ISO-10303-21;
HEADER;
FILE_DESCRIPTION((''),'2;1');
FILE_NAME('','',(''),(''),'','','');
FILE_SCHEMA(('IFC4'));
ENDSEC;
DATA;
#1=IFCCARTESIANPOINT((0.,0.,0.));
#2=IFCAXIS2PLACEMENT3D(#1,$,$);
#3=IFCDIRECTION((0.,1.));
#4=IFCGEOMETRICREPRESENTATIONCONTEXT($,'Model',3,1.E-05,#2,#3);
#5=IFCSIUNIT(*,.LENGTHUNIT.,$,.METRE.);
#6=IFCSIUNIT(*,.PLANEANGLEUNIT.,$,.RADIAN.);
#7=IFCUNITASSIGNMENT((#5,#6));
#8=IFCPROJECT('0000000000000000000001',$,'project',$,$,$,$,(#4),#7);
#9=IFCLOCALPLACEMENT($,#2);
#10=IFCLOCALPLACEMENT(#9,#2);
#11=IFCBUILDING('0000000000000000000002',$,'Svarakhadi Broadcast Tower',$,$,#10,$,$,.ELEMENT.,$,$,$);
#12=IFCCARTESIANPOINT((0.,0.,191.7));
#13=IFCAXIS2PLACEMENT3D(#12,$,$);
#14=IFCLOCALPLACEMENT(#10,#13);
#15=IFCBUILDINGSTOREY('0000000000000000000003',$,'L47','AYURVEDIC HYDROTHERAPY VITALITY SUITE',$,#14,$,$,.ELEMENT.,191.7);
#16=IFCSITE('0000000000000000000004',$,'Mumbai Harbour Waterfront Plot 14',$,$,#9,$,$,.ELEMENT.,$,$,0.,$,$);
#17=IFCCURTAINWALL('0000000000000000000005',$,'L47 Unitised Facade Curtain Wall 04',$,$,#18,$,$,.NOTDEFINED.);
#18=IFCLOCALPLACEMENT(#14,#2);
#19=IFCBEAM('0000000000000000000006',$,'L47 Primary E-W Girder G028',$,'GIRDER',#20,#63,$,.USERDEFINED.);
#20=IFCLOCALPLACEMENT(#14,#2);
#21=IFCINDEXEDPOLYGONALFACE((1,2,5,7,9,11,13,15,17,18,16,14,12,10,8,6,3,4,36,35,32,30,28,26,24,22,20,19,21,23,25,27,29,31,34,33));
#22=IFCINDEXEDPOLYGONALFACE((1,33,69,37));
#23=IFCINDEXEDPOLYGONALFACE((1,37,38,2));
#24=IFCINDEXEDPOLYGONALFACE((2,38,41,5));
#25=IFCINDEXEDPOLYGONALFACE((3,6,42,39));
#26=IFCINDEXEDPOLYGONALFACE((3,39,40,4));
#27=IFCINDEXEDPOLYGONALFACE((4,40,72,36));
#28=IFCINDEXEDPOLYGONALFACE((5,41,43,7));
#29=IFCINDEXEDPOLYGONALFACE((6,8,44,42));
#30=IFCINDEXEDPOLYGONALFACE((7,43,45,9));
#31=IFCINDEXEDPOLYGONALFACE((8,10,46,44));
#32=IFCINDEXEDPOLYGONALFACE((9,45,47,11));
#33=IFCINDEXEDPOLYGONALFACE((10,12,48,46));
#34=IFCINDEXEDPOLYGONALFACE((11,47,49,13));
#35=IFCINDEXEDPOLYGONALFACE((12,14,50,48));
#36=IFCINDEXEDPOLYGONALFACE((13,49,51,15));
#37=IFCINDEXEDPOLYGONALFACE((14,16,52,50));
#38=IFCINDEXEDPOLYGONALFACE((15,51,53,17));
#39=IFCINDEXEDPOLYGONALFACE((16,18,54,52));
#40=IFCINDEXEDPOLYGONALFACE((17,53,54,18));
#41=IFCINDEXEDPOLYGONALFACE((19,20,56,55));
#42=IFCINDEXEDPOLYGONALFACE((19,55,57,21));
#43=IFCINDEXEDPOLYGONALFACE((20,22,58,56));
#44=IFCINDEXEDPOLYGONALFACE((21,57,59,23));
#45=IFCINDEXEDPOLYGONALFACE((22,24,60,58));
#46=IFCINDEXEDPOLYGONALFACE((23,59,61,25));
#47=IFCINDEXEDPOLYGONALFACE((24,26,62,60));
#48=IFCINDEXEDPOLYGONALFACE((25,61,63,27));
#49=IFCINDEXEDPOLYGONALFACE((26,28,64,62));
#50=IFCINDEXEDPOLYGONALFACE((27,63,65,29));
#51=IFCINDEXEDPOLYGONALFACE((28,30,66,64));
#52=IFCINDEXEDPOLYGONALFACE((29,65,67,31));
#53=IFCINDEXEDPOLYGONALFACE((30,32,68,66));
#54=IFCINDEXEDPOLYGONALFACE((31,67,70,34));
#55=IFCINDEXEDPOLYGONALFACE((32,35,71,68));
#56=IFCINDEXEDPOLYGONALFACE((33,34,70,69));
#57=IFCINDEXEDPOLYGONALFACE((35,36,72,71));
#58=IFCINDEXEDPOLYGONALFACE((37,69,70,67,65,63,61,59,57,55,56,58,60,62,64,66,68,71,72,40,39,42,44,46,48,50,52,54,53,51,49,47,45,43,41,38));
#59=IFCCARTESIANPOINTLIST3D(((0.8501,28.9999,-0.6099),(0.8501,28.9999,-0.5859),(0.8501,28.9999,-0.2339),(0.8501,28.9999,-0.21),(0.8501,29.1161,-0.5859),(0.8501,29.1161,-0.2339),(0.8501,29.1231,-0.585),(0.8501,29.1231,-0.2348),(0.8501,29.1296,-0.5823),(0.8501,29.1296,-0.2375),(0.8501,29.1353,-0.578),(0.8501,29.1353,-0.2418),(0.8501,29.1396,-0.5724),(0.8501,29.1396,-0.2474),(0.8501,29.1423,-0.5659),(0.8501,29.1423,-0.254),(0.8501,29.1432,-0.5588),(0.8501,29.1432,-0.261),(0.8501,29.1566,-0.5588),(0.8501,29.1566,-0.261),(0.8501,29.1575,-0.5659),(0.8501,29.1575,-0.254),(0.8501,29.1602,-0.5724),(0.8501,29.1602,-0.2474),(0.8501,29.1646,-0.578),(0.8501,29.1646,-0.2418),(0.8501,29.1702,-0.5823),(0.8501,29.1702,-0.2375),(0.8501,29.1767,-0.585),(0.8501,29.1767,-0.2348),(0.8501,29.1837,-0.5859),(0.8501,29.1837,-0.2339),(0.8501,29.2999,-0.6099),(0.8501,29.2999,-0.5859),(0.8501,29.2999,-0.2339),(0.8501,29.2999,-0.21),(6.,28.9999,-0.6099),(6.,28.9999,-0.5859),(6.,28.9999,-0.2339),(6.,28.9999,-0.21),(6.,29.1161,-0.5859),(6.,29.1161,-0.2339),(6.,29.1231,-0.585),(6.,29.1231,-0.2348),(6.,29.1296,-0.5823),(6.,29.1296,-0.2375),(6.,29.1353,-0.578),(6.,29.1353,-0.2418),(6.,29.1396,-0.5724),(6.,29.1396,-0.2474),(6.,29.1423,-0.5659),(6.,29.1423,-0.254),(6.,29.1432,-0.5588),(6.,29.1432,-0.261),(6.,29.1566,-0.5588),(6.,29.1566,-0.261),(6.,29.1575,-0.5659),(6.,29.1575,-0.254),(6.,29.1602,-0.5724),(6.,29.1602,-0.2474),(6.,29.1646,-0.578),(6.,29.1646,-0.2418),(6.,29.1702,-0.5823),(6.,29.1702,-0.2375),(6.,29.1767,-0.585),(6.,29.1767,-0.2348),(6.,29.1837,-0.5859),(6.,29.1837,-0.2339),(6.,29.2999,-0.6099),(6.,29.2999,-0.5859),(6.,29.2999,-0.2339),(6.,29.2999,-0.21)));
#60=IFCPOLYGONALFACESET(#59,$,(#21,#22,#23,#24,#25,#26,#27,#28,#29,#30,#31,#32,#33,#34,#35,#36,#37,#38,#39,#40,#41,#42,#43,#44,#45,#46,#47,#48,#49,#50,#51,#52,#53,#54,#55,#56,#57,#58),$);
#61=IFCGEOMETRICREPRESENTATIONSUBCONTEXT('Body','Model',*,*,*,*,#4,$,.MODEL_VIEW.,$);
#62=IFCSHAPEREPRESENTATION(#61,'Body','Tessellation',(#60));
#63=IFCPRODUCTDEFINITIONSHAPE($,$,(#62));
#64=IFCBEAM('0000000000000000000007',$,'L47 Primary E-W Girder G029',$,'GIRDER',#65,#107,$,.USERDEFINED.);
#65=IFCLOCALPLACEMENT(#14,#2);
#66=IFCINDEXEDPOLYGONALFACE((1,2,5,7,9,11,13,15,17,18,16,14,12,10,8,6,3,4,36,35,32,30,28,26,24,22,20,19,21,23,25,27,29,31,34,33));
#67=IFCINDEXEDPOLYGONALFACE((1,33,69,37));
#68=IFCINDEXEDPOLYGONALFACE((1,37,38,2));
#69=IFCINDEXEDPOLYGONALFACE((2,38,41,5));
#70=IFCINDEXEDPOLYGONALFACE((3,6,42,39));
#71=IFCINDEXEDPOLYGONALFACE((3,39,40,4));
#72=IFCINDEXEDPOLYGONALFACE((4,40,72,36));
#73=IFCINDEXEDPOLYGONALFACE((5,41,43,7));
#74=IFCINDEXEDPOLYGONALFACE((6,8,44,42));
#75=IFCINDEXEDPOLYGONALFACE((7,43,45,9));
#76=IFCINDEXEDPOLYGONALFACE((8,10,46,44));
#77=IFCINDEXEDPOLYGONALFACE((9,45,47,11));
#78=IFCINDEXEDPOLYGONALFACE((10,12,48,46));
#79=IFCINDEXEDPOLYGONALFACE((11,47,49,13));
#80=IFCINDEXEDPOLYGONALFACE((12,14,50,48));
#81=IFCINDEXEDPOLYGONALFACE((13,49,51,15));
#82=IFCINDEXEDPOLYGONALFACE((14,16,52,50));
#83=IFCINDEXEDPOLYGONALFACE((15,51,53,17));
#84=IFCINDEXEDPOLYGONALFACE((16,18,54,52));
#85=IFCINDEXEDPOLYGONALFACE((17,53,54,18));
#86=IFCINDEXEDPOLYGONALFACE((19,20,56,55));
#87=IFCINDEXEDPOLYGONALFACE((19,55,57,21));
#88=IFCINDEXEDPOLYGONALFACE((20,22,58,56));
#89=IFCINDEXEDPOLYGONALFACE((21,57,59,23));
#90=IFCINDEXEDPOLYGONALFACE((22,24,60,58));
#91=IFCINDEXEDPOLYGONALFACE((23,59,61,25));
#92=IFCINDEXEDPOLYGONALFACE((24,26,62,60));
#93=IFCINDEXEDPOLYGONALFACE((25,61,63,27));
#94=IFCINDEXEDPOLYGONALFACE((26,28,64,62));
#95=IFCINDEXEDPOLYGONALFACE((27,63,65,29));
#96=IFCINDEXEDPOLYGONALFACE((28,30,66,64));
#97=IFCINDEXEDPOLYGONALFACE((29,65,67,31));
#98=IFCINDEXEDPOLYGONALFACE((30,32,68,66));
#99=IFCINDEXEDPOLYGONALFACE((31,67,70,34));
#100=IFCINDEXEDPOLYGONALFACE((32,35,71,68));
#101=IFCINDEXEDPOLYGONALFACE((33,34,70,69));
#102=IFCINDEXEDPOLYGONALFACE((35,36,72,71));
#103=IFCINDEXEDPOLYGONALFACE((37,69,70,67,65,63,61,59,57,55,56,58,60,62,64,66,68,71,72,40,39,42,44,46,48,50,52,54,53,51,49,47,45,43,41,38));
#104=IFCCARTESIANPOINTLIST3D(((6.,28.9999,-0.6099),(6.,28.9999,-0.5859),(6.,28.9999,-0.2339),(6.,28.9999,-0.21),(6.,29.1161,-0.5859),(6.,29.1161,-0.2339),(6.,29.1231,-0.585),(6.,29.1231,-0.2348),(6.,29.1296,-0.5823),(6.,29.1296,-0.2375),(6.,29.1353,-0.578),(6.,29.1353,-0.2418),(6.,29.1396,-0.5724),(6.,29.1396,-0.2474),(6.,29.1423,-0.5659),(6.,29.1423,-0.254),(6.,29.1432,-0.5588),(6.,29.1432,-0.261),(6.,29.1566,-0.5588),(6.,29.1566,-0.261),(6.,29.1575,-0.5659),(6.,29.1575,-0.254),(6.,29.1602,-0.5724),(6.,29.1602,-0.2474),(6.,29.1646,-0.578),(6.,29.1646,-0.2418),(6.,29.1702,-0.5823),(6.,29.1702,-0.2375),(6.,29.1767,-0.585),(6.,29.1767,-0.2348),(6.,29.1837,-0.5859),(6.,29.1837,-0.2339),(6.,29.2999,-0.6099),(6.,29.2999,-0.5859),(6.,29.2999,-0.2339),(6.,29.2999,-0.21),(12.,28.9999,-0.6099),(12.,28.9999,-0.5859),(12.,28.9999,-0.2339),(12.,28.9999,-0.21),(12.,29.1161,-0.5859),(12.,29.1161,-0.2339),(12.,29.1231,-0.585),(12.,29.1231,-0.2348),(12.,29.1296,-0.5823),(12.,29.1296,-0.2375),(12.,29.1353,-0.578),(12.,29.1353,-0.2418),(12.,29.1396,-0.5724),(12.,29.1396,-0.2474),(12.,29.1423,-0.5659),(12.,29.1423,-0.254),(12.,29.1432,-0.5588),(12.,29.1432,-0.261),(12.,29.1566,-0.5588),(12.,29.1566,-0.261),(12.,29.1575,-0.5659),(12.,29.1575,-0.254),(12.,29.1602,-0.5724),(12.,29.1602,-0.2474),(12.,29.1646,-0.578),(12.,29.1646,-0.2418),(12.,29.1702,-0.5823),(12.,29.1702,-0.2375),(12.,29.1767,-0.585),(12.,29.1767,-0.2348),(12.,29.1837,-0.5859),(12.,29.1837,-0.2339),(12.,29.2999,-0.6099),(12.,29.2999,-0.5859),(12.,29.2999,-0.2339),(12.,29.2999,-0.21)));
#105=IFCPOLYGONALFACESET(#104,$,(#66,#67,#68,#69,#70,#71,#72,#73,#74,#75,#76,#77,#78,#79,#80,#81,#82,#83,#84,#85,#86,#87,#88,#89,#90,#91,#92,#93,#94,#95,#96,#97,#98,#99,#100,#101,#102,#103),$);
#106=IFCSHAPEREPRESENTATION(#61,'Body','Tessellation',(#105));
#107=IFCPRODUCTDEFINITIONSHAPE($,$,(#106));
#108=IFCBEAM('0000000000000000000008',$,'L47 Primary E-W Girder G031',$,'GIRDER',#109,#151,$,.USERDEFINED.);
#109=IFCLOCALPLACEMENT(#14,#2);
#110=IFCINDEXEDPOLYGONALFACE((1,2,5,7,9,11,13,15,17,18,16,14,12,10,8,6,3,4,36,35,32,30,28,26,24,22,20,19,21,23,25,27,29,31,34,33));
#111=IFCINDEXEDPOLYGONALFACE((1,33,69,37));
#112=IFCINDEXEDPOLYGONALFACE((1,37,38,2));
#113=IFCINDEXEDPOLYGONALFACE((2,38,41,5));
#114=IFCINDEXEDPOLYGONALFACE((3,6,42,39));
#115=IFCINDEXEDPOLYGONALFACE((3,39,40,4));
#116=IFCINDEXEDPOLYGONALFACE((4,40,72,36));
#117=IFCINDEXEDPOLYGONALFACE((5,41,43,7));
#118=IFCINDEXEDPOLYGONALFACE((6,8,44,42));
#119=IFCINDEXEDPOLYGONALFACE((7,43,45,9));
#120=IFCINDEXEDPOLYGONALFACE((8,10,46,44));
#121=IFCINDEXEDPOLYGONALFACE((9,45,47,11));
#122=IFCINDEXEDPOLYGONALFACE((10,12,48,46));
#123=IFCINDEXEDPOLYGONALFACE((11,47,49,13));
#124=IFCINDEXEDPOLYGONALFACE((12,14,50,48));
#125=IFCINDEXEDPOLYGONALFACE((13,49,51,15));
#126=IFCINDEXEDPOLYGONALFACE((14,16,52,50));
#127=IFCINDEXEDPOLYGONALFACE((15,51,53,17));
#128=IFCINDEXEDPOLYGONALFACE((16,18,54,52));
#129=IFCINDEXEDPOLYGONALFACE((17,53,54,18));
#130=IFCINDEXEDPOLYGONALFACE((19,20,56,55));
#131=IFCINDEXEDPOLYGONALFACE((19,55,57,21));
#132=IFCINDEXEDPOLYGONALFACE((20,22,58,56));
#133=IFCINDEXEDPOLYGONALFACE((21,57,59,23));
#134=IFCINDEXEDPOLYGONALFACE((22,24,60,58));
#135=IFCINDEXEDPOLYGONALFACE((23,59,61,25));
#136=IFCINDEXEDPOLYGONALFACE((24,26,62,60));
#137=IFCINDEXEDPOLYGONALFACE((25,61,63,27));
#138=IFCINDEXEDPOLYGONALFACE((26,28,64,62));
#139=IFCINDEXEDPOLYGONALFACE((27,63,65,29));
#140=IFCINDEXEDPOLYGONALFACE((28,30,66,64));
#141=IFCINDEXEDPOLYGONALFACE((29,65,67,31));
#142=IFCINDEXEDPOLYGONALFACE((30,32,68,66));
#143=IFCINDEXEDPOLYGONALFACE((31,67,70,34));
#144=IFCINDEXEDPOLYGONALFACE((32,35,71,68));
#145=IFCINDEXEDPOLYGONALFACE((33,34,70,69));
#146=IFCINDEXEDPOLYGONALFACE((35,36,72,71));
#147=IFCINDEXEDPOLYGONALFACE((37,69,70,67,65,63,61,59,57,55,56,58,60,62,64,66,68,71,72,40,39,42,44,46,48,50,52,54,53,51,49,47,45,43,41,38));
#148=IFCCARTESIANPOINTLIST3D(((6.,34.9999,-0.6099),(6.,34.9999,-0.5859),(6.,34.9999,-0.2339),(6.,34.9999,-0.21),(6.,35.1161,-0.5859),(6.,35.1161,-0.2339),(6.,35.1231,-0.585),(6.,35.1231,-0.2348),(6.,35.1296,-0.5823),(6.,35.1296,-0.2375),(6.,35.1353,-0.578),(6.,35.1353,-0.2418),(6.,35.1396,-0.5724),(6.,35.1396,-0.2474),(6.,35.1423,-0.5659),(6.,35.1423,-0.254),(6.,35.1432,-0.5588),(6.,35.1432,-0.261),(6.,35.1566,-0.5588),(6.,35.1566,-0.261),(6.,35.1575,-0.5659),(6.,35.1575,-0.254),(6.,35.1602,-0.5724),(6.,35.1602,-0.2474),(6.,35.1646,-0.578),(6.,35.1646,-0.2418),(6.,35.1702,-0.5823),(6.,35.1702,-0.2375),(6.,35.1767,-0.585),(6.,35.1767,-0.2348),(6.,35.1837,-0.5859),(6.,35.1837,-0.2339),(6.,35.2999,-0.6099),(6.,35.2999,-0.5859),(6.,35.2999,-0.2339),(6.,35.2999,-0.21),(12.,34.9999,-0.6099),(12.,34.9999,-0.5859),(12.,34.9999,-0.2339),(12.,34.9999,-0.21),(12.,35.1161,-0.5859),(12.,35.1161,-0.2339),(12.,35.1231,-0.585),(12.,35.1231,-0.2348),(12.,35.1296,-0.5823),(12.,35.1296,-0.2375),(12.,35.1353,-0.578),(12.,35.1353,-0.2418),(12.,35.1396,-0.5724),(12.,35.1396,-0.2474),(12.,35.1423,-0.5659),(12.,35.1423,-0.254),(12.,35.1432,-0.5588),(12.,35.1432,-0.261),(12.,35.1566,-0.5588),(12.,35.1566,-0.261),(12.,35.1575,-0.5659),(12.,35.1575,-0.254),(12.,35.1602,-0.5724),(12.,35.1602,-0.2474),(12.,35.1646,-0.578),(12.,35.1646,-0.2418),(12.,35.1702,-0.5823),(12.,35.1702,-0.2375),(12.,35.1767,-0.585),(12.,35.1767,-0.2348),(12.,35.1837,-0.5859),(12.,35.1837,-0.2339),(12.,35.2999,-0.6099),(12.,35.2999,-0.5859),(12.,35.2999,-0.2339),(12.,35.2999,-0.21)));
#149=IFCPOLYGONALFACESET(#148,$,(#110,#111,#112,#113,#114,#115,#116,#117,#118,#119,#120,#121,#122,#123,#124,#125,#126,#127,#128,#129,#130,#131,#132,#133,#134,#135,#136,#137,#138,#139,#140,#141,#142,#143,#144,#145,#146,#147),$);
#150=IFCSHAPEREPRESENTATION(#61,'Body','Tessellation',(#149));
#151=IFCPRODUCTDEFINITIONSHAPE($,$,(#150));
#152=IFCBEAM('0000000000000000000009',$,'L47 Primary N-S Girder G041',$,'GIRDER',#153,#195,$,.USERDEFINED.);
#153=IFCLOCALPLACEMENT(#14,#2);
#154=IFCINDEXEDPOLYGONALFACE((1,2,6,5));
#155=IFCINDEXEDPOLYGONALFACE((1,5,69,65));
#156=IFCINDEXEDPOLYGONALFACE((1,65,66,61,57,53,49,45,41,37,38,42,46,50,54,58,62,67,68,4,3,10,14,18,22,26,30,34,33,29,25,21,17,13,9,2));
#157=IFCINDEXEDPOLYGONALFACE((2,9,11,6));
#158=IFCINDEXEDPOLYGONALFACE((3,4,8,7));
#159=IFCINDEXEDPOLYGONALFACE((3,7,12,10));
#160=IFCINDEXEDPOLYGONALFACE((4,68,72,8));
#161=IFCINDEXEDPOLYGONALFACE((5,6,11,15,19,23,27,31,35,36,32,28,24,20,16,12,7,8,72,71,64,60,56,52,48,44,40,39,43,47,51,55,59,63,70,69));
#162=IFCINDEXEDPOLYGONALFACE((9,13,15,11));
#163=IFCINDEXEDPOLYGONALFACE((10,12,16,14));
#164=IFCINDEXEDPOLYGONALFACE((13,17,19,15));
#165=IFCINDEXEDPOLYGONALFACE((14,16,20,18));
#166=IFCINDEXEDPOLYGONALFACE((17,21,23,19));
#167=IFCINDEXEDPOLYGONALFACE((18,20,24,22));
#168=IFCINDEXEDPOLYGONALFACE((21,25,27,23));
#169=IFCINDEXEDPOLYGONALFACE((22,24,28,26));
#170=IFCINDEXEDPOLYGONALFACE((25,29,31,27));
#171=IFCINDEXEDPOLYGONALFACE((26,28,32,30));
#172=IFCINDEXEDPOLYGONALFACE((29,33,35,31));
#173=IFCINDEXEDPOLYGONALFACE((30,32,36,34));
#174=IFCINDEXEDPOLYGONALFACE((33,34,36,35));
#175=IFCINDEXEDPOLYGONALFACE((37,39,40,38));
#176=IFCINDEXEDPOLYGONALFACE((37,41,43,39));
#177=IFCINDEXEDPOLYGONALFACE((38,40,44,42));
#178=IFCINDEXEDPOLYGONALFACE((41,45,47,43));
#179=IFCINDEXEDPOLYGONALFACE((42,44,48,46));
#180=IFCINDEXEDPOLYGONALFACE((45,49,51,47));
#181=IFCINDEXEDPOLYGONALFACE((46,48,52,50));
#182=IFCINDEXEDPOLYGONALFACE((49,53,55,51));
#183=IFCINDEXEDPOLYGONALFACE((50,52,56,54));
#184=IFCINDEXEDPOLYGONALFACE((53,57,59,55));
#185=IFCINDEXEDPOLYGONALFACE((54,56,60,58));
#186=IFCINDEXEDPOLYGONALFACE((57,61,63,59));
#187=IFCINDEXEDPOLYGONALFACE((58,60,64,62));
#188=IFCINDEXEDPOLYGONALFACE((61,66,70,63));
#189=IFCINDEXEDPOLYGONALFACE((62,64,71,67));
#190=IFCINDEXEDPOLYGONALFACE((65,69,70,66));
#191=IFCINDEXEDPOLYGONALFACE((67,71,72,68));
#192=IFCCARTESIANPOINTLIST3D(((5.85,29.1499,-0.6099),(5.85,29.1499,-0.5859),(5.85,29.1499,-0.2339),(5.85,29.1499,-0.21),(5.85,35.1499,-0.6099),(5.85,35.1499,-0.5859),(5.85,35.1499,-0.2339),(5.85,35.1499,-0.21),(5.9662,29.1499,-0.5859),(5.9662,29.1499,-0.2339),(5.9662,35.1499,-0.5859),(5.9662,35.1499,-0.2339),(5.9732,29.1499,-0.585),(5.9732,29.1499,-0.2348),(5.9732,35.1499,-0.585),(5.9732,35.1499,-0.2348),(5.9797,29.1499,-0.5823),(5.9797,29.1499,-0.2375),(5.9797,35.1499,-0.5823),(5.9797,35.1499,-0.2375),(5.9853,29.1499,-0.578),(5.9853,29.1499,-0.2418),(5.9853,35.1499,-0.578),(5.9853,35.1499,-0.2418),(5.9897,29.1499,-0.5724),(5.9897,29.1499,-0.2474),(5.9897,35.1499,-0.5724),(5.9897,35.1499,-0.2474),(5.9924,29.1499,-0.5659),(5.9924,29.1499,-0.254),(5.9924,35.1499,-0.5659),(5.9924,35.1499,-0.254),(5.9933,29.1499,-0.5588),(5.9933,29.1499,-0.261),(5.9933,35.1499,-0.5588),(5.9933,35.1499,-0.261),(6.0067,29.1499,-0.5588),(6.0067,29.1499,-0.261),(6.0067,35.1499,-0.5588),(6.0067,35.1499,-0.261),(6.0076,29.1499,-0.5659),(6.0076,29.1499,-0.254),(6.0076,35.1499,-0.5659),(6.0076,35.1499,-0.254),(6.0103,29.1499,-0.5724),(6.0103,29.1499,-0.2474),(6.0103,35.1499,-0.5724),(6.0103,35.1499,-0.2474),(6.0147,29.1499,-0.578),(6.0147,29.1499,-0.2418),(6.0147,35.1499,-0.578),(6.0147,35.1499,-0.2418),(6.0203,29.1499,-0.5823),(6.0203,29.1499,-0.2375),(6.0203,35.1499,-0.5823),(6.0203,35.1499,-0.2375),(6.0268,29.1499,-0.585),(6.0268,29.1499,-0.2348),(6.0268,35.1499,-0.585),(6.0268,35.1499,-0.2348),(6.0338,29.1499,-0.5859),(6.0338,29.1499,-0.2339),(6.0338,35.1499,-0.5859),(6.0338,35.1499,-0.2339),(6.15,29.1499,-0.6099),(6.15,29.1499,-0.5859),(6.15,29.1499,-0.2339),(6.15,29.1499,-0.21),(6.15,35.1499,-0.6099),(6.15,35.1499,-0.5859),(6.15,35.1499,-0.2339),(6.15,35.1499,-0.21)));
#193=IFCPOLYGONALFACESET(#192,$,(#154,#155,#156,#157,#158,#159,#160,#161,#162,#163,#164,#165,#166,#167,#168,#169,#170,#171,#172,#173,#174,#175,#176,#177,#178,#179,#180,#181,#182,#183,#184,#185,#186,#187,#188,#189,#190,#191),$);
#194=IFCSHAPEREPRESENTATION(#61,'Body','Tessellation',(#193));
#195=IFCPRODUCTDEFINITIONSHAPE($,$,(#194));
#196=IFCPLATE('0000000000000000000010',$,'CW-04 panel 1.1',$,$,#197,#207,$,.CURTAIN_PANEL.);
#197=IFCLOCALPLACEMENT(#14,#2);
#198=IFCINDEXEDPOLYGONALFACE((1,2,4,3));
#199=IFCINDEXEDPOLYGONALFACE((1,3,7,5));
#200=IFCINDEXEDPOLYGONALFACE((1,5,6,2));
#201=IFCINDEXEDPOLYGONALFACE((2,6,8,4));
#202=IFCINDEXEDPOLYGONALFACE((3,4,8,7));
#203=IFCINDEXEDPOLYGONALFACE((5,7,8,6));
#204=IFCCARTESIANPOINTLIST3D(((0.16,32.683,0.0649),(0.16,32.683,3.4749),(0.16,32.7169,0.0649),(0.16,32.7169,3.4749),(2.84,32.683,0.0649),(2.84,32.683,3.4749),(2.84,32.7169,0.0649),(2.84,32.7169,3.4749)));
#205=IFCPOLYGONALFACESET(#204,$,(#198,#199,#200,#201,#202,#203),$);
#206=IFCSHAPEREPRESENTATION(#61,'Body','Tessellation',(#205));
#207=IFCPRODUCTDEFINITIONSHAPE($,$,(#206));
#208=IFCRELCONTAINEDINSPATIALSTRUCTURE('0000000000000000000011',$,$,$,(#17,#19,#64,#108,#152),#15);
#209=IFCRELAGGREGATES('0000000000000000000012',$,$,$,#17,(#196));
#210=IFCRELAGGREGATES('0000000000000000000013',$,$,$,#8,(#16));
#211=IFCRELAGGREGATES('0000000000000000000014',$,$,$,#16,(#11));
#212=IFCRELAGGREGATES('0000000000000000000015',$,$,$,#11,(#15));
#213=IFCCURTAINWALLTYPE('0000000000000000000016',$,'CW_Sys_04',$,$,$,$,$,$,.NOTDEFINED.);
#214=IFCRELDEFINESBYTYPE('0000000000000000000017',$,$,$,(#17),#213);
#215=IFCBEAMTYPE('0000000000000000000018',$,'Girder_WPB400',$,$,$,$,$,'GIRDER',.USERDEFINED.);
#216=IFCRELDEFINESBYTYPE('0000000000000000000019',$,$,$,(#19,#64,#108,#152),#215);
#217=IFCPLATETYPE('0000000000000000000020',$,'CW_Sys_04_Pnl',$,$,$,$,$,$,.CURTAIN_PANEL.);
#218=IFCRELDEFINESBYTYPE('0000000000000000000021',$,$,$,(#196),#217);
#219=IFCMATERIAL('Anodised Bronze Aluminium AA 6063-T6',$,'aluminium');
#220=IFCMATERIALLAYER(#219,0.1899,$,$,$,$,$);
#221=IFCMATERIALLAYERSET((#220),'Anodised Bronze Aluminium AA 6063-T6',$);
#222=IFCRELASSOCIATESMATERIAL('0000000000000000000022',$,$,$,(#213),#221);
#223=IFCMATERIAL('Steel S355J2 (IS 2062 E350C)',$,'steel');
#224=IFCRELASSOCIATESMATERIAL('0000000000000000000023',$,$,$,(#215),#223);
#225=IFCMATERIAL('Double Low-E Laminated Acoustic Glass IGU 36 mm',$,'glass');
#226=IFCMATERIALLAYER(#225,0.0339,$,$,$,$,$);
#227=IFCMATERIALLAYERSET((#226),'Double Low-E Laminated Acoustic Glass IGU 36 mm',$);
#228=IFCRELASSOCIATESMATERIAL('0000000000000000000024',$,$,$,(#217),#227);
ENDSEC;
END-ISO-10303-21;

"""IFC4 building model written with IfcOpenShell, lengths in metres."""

from ifc_helpers import new_model, si_unit, direction, frame, origin, origin_2d, place, context, subcontext, project, spatial, rectangle, i_section, extrude, material, layer, layer_set, material_profile, profile_set, type_object, element, aggregate, save


model = new_model("IFC4")

# Units and contexts
model_context = context("Model", 3, precision=1e-05, world=origin(), true_north=direction((0.0, 1.0)))
body_context = subcontext(model_context, "Body", "Model", "MODEL_VIEW")
ifc_project = project(units=[si_unit("LENGTHUNIT", "METRE"), si_unit("PLANEANGLEUNIT", "RADIAN")], contexts=[model_context])

# Site, building, storey
site_placement = place(None, origin())
site = spatial("IfcSite", under=ifc_project, at=site_placement, Name="Mumbai Harbour Waterfront Plot 14", CompositionType="ELEMENT", RefElevation=0.0)
building_placement = place(site_placement, origin())
building = spatial("IfcBuilding", under=site, at=building_placement, Name="Svarakhadi Broadcast Tower", CompositionType="ELEMENT")
storey_placement = place(building_placement, frame((0.0, 0.0, 191.7)))
storey = spatial("IfcBuildingStorey", under=building, at=storey_placement, Name="L47", Description="AYURVEDIC HYDROTHERAPY VITALITY SUITE", CompositionType="ELEMENT", Elevation=191.7)

# Shared definitions
ifc_material_1 = material(Name="Steel S355J2 (IS 2062 E350C)", Category="steel")

# Shared definitions
ifc_material_2 = material(Name="Anodised Bronze Aluminium AA 6063-T6", Category="aluminium")
ifc_layer_1 = layer(ifc_material_2, 0.1899)
ifc_layer_set_1 = layer_set([ifc_layer_1], Name="Anodised Bronze Aluminium AA 6063-T6")
curtain_wall_type = type_object("IfcCurtainWallType", Name="CW_Sys_04", PredefinedType="NOTDEFINED", material=ifc_layer_set_1)

# Curtain wall
curtain_wall_1_placement = place(storey_placement, origin())
curtain_wall_1 = element("IfcCurtainWall", 1, at=curtain_wall_1_placement, inside=storey, type_object=curtain_wall_type, Name="L47 Unitised Facade Curtain Wall 04", PredefinedType="NOTDEFINED")

# Beams
ifc_material_profile_1 = material_profile(ifc_material_1, i_section(OverallWidth=0.3, OverallDepth=0.3999, WebThickness=0.0134, FlangeThickness=0.0239, FilletRadius=0.0271, at=origin_2d()), Name="WPB 400x300x155")
ifc_profile_set_1 = profile_set([ifc_material_profile_1], Name="Steel S355J2 (IS 2062 E350C)")
beam_type_1 = type_object("IfcBeamType", Name="Girder_WPB400", ElementType="GIRDER", PredefinedType="USERDEFINED", material=ifc_profile_set_1)
beam_1_placement = place(storey_placement, frame((0.8501, 29.1499, -0.4099), z_axis=(1.0, 0.0, 0.0), x_axis=(0.0, 1.0, 0.0)))
element("IfcBeam", 2, at=beam_1_placement, inside=storey, type_object=beam_type_1, Name="L47 Primary E-W Girder G028", ObjectType="GIRDER", PredefinedType="USERDEFINED", context=body_context, shape_type="SweptSolid", body=[
    extrude(i_section(OverallWidth=0.3, OverallDepth=0.3999, WebThickness=0.0134, FlangeThickness=0.0239, FilletRadius=0.0271, at=origin_2d()), origin(), (0.0, 0.0, 1.0), 5.1499),
])
for number, where, z_axis, x_axis, name in (
    (3, (6.0, 29.1499, -0.4099), (1.0, 0.0, 0.0), (0.0, 1.0, 0.0), "L47 Primary E-W Girder G029"),
    (4, (6.0, 35.1499, -0.4099), (1.0, 0.0, 0.0), (0.0, 1.0, 0.0), "L47 Primary E-W Girder G031"),
    (5, (6.0, 29.1499, -0.4099), (0.0, 1.0, 0.0), (-1.0, 0.0, 0.0), "L47 Primary N-S Girder G041"),
):
    element("IfcBeam", number, at=place(storey_placement, frame(where, z_axis=z_axis, x_axis=x_axis)), inside=storey, type_object=beam_type_1, Name=name, ObjectType="GIRDER", PredefinedType="USERDEFINED", context=body_context, shape_type="SweptSolid", body=[
        extrude(i_section(OverallWidth=0.3, OverallDepth=0.3999, WebThickness=0.0134, FlangeThickness=0.0239, FilletRadius=0.0271, at=origin_2d()), origin(), (0.0, 0.0, 1.0), 6.0),
    ])

# Plate
ifc_material_3 = material(Name="Double Low-E Laminated Acoustic Glass IGU 36 mm", Category="glass")
ifc_layer_2 = layer(ifc_material_3, 0.0339)
ifc_layer_set_2 = layer_set([ifc_layer_2], Name="Double Low-E Laminated Acoustic Glass IGU 36 mm")
plate_type = type_object("IfcPlateType", Name="CW_Sys_04_Pnl", PredefinedType="CURTAIN_PANEL", material=ifc_layer_set_2)
plate_1_placement = place(storey_placement, frame((1.5, 32.7, 0.0649), z_axis=(0.0, 0.0, 1.0), x_axis=(1.0, 0.0, 0.0)))
plate_1 = element("IfcPlate", 6, at=plate_1_placement, type_object=plate_type, Name="CW-04 panel 1.1", PredefinedType="CURTAIN_PANEL", context=body_context, shape_type="SweptSolid", body=[
    extrude(rectangle(XDim=2.6799, YDim=0.0339, at=origin_2d()), origin(), (0.0, 0.0, 1.0), 3.4099),
])
aggregate(curtain_wall_1, [plate_1])

save(model, "model.ifc")
